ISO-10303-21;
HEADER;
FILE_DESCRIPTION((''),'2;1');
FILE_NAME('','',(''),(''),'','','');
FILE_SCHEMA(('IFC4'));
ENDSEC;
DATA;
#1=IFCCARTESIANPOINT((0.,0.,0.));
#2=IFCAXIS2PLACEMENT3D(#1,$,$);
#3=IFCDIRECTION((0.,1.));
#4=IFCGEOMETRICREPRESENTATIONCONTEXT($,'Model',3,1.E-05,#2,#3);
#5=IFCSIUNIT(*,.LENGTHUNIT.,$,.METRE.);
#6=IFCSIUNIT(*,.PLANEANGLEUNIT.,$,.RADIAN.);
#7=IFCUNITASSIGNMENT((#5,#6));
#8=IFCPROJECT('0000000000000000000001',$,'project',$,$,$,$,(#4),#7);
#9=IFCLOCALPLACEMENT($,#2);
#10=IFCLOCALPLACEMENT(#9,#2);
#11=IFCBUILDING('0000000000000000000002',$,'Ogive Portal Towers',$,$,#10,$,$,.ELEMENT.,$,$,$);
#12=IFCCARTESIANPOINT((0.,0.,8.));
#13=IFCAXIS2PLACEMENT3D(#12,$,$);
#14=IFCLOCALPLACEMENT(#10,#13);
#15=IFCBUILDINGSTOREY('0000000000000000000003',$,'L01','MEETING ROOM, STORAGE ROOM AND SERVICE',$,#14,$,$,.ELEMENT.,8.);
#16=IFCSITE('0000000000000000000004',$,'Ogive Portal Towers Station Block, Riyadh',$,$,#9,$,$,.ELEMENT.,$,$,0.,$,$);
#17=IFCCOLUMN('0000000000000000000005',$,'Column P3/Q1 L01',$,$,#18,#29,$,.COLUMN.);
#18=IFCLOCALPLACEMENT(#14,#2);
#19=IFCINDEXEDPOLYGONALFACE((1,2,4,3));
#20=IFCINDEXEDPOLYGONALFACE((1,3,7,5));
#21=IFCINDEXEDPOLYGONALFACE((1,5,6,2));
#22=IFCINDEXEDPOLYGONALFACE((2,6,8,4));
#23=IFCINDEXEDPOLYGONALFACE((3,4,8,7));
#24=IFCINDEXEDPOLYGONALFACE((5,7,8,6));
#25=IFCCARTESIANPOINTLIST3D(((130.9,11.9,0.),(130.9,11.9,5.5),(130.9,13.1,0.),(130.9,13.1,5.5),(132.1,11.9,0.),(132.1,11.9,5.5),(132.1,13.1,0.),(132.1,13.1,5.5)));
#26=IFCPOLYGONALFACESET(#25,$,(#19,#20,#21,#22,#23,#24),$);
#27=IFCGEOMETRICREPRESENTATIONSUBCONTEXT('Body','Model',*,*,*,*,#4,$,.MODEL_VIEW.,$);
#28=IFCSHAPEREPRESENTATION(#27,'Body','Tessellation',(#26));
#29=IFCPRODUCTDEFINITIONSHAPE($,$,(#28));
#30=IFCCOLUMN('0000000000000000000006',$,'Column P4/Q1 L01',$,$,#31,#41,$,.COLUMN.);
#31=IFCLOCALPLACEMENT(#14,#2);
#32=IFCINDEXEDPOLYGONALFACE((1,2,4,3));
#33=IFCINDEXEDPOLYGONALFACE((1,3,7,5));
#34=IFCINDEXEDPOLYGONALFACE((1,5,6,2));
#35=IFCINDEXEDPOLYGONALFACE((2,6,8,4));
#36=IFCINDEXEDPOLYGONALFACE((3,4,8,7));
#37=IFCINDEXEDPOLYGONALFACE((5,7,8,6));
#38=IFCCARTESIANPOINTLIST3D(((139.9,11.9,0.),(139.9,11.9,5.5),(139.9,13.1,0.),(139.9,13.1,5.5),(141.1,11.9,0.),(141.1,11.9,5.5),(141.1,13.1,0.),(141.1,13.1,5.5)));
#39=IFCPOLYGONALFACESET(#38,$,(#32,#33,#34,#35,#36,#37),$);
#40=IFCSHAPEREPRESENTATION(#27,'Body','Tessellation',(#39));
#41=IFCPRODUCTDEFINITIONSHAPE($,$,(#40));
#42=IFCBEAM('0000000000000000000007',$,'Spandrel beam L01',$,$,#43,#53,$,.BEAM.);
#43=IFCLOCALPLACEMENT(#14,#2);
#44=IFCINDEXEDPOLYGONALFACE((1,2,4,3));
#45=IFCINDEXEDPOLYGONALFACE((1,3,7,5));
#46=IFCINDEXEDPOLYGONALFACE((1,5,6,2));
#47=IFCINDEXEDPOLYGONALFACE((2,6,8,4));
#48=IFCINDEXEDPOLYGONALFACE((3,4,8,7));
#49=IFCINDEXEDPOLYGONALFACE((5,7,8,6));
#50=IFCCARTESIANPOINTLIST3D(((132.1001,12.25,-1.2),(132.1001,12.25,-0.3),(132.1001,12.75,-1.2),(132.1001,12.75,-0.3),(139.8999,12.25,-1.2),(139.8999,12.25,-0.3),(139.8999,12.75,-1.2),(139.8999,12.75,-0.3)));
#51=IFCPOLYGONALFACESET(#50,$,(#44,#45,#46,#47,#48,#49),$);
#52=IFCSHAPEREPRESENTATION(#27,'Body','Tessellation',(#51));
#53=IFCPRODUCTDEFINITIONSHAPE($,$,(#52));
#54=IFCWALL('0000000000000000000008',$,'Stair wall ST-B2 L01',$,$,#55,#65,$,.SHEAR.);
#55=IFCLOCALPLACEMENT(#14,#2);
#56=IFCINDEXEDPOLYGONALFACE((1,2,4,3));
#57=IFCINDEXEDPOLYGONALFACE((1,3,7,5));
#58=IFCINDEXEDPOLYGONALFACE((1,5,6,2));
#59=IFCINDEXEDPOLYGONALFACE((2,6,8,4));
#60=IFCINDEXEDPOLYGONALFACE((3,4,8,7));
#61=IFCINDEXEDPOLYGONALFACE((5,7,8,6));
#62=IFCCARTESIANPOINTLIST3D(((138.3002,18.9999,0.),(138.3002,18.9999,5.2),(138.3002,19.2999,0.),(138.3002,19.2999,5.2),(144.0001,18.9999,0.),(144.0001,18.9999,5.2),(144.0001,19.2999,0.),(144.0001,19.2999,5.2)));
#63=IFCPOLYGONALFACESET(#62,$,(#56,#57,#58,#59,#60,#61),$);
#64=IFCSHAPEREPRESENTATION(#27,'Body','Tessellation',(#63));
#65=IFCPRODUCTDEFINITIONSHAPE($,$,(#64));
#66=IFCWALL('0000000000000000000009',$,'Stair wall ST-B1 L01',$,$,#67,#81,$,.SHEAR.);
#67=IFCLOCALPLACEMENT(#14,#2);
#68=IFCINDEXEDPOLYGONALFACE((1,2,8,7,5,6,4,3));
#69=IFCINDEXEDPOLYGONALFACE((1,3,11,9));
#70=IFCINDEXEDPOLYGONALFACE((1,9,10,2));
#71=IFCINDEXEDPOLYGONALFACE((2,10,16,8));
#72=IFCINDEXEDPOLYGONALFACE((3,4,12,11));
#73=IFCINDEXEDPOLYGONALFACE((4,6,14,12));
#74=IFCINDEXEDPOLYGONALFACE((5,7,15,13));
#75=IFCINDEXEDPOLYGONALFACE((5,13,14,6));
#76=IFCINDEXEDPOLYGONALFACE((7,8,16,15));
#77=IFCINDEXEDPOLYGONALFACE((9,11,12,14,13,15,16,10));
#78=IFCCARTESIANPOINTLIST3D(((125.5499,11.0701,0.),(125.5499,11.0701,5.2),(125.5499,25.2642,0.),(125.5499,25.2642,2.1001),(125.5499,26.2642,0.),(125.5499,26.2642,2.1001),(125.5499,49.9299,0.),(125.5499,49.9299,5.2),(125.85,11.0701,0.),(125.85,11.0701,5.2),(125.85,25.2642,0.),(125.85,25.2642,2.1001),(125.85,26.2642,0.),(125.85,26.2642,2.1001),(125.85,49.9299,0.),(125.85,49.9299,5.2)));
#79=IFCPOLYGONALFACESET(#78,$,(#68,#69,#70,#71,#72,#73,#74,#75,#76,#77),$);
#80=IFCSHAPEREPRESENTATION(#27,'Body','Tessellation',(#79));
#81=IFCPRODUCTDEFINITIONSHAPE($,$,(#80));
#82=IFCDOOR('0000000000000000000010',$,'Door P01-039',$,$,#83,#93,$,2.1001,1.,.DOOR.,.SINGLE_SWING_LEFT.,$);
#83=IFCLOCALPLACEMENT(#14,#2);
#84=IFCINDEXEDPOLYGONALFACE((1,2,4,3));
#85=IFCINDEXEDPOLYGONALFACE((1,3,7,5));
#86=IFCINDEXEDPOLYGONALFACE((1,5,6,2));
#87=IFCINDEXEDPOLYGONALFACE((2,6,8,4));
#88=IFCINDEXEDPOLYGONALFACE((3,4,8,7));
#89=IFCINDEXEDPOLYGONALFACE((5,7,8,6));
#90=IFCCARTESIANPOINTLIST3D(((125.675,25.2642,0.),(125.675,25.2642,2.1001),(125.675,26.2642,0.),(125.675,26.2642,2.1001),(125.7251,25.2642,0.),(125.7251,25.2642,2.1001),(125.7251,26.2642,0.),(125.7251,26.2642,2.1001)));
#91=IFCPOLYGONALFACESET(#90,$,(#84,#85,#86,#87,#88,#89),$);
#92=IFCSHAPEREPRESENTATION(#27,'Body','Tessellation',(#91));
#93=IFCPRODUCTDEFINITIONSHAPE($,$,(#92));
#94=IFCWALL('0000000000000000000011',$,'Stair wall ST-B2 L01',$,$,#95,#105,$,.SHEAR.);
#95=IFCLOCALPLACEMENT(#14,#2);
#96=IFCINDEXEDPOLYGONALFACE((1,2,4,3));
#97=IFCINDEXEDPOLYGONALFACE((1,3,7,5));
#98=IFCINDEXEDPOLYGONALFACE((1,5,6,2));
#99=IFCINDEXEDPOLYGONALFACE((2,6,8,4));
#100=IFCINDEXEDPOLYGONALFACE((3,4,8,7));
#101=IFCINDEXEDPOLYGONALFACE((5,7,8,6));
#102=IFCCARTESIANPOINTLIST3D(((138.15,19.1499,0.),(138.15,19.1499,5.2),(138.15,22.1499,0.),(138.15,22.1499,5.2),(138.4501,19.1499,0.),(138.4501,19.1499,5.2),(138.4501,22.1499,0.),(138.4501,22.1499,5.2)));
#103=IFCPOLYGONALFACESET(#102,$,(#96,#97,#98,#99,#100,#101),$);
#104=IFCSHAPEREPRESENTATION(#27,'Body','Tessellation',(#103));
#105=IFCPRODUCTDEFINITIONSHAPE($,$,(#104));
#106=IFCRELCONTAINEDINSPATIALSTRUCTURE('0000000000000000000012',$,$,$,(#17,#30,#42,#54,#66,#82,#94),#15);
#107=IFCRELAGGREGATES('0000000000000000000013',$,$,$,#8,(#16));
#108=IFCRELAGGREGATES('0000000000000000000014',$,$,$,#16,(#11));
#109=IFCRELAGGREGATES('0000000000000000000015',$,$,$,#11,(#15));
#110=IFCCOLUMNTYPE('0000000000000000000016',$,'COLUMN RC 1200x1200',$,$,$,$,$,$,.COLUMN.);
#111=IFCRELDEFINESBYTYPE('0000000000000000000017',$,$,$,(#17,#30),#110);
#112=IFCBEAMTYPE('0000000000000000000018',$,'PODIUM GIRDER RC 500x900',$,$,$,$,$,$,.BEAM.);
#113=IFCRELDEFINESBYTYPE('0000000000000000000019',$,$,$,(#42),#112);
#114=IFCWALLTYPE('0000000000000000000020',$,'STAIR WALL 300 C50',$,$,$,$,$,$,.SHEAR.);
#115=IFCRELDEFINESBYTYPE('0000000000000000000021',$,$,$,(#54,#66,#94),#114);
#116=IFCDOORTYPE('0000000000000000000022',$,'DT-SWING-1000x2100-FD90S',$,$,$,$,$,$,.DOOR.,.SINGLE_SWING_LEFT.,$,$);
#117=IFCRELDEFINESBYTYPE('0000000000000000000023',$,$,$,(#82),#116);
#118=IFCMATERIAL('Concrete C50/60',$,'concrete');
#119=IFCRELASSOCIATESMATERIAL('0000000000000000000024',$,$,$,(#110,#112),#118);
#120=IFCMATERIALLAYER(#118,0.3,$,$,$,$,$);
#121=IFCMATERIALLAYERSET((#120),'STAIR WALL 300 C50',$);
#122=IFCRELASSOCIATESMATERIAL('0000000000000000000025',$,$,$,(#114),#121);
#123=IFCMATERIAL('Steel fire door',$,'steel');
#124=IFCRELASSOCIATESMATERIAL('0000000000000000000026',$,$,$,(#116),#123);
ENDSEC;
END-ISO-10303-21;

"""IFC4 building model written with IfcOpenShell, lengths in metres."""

from ifc_helpers import new_model, si_unit, direction, frame, frame_2d, origin, origin_2d, place, context, subcontext, project, spatial, rectangle, extrude, material, layer, layer_set, material_profile, profile_set, type_object, element, fill, save


model = new_model("IFC4")

# Units and contexts
model_context = context("Model", 3, precision=1e-05, world=origin(), true_north=direction((0.0, 1.0)))
body_context = subcontext(model_context, "Body", "Model", "MODEL_VIEW")
ifc_project = project(units=[si_unit("LENGTHUNIT", "METRE"), si_unit("PLANEANGLEUNIT", "RADIAN")], contexts=[model_context])

# Site, building, storey
site_placement = place(None, origin())
site = spatial("IfcSite", under=ifc_project, at=site_placement, Name="Ogive Portal Towers Station Block, Riyadh", CompositionType="ELEMENT", RefElevation=0.0)
building_placement = place(site_placement, origin())
building = spatial("IfcBuilding", under=site, at=building_placement, Name="Ogive Portal Towers", CompositionType="ELEMENT")
storey_placement = place(building_placement, frame((0.0, 0.0, 8.0)))
storey = spatial("IfcBuildingStorey", under=building, at=storey_placement, Name="L01", Description="MEETING ROOM, STORAGE ROOM AND SERVICE", CompositionType="ELEMENT", Elevation=8.0)

# Columns
ifc_material_1 = material(Name="Concrete C50/60", Category="concrete")
ifc_material_profile_1 = material_profile(ifc_material_1, rectangle(XDim=1.2, YDim=1.2, at=origin_2d()), Name="RC 1200x1200")
ifc_profile_set_1 = profile_set([ifc_material_profile_1], Name="Concrete C50/60")
column_type = type_object("IfcColumnType", Name="COLUMN RC 1200x1200", PredefinedType="COLUMN", material=ifc_profile_set_1)
for number, where, z_axis, x_axis, name in (
    (1, (131.5, 12.5, 0.0), (0.0, 0.0, 1.0), (1.0, 0.0, 0.0), "Column P3/Q1 L01"),
    (2, (140.5, 12.5, 0.0), (0.0, 0.0, 1.0), (1.0, 0.0, 0.0), "Column P4/Q1 L01"),
):
    element("IfcColumn", number, at=place(storey_placement, frame(where, z_axis=z_axis, x_axis=x_axis)), inside=storey, type_object=column_type, Name=name, PredefinedType="COLUMN", context=body_context, shape_type="SweptSolid", body=[
        extrude(rectangle(XDim=1.2, YDim=1.2, at=origin_2d()), origin(), (0.0, 0.0, 1.0), 5.5),
    ])

# Beam
ifc_material_profile_2 = material_profile(ifc_material_1, rectangle(XDim=0.5, YDim=0.8999, at=origin_2d()), Name="RC 500x900")
ifc_profile_set_2 = profile_set([ifc_material_profile_2], Name="Concrete C50/60")
beam_type = type_object("IfcBeamType", Name="PODIUM GIRDER RC 500x900", PredefinedType="BEAM", material=ifc_profile_set_2)
beam_placement = place(storey_placement, frame((132.1001, 12.5, -0.75), z_axis=(1.0, 0.0, 0.0), x_axis=(0.0, 1.0, 0.0)))
element("IfcBeam", 3, at=beam_placement, inside=storey, type_object=beam_type, Name="Spandrel beam L01", PredefinedType="BEAM", context=body_context, shape_type="SweptSolid", body=[
    extrude(rectangle(XDim=0.5, YDim=0.8999, at=origin_2d()), origin(), (0.0, 0.0, 1.0), 7.7998),
])

# Wall
ifc_layer_1 = layer(ifc_material_1, 0.3)
ifc_layer_set_1 = layer_set([ifc_layer_1], Name="STAIR WALL 300 C50")
wall_type = type_object("IfcWallType", Name="STAIR WALL 300 C50", PredefinedType="SHEAR", material=ifc_layer_set_1)
wall_1_placement = place(storey_placement, frame((138.3, 19.1499, 0.0), z_axis=(0.0, 0.0, 1.0), x_axis=(1.0, 0.0, 0.0)))
element("IfcWall", 4, at=wall_1_placement, inside=storey, type_object=wall_type, Name="Stair wall ST-B2 L01", PredefinedType="SHEAR", context=body_context, shape_type="SweptSolid", body=[
    extrude(rectangle(XDim=5.7, YDim=0.3, at=frame_2d((2.8501, 0.0))), origin(), (0.0, 0.0, 1.0), 5.2),
])

# Wall, opening, door
wall_2_placement = place(storey_placement, frame((125.7, 11.0701, 0.0), z_axis=(0.0, 0.0, 1.0), x_axis=(0.0, 1.0, 0.0)))
wall_2 = element("IfcWall", 5, at=wall_2_placement, inside=storey, type_object=wall_type, Name="Stair wall ST-B1 L01", PredefinedType="SHEAR", context=body_context, shape_type="SweptSolid", body=[
    extrude(rectangle(XDim=38.8599, YDim=0.3, at=frame_2d((19.4299, 0.0))), origin(), (0.0, 0.0, 1.0), 5.2),
])
opening_placement = place(wall_2_placement, frame((14.1941, 0.0, 0.0)))
opening = element("IfcOpeningElement", 6, at=opening_placement, cuts=wall_2, PredefinedType="OPENING", context=body_context, shape_type="SweptSolid", body=[
    extrude(rectangle(XDim=1.0, YDim=2.1001, at=frame_2d((0.5, 1.05))), frame((0.0, 0.1602, 0.0), z_axis=(0.0, -1.0, 0.0), x_axis=(1.0, 0.0, 0.0)), (0.0, 0.0, 1.0), 0.3201),
])
ifc_material_2 = material(Name="Steel fire door", Category="steel")
door_type = type_object("IfcDoorType", Name="DT-SWING-1000x2100-FD90S", OperationType="SINGLE_SWING_LEFT", PredefinedType="DOOR", material=ifc_material_2)
door_placement = place(opening_placement, origin())
door = element("IfcDoor", 7, at=door_placement, inside=storey, type_object=door_type, Name="Door P01-039", OperationType="SINGLE_SWING_LEFT", OverallHeight=2.1001, OverallWidth=1.0, PredefinedType="DOOR", context=body_context, shape_type="SweptSolid", body=[
    extrude(rectangle(XDim=1.0, YDim=2.1001, at=frame_2d((0.5, 1.05))), frame((0.0, 0.0249, 0.0), z_axis=(0.0, -1.0, 0.0), x_axis=(1.0, 0.0, 0.0)), (0.0, 0.0, 1.0), 0.05),
])
fill(opening, door)

# Wall
wall_3_placement = place(storey_placement, frame((138.3, 19.1499, 0.0), z_axis=(0.0, 0.0, 1.0), x_axis=(0.0, 1.0, 0.0)))
element("IfcWall", 8, at=wall_3_placement, inside=storey, type_object=wall_type, Name="Stair wall ST-B2 L01", PredefinedType="SHEAR", context=body_context, shape_type="SweptSolid", body=[
    extrude(rectangle(XDim=3.0, YDim=0.3, at=frame_2d((1.5, 0.0))), origin(), (0.0, 0.0, 1.0), 5.2),
])

save(model, "model.ifc")
